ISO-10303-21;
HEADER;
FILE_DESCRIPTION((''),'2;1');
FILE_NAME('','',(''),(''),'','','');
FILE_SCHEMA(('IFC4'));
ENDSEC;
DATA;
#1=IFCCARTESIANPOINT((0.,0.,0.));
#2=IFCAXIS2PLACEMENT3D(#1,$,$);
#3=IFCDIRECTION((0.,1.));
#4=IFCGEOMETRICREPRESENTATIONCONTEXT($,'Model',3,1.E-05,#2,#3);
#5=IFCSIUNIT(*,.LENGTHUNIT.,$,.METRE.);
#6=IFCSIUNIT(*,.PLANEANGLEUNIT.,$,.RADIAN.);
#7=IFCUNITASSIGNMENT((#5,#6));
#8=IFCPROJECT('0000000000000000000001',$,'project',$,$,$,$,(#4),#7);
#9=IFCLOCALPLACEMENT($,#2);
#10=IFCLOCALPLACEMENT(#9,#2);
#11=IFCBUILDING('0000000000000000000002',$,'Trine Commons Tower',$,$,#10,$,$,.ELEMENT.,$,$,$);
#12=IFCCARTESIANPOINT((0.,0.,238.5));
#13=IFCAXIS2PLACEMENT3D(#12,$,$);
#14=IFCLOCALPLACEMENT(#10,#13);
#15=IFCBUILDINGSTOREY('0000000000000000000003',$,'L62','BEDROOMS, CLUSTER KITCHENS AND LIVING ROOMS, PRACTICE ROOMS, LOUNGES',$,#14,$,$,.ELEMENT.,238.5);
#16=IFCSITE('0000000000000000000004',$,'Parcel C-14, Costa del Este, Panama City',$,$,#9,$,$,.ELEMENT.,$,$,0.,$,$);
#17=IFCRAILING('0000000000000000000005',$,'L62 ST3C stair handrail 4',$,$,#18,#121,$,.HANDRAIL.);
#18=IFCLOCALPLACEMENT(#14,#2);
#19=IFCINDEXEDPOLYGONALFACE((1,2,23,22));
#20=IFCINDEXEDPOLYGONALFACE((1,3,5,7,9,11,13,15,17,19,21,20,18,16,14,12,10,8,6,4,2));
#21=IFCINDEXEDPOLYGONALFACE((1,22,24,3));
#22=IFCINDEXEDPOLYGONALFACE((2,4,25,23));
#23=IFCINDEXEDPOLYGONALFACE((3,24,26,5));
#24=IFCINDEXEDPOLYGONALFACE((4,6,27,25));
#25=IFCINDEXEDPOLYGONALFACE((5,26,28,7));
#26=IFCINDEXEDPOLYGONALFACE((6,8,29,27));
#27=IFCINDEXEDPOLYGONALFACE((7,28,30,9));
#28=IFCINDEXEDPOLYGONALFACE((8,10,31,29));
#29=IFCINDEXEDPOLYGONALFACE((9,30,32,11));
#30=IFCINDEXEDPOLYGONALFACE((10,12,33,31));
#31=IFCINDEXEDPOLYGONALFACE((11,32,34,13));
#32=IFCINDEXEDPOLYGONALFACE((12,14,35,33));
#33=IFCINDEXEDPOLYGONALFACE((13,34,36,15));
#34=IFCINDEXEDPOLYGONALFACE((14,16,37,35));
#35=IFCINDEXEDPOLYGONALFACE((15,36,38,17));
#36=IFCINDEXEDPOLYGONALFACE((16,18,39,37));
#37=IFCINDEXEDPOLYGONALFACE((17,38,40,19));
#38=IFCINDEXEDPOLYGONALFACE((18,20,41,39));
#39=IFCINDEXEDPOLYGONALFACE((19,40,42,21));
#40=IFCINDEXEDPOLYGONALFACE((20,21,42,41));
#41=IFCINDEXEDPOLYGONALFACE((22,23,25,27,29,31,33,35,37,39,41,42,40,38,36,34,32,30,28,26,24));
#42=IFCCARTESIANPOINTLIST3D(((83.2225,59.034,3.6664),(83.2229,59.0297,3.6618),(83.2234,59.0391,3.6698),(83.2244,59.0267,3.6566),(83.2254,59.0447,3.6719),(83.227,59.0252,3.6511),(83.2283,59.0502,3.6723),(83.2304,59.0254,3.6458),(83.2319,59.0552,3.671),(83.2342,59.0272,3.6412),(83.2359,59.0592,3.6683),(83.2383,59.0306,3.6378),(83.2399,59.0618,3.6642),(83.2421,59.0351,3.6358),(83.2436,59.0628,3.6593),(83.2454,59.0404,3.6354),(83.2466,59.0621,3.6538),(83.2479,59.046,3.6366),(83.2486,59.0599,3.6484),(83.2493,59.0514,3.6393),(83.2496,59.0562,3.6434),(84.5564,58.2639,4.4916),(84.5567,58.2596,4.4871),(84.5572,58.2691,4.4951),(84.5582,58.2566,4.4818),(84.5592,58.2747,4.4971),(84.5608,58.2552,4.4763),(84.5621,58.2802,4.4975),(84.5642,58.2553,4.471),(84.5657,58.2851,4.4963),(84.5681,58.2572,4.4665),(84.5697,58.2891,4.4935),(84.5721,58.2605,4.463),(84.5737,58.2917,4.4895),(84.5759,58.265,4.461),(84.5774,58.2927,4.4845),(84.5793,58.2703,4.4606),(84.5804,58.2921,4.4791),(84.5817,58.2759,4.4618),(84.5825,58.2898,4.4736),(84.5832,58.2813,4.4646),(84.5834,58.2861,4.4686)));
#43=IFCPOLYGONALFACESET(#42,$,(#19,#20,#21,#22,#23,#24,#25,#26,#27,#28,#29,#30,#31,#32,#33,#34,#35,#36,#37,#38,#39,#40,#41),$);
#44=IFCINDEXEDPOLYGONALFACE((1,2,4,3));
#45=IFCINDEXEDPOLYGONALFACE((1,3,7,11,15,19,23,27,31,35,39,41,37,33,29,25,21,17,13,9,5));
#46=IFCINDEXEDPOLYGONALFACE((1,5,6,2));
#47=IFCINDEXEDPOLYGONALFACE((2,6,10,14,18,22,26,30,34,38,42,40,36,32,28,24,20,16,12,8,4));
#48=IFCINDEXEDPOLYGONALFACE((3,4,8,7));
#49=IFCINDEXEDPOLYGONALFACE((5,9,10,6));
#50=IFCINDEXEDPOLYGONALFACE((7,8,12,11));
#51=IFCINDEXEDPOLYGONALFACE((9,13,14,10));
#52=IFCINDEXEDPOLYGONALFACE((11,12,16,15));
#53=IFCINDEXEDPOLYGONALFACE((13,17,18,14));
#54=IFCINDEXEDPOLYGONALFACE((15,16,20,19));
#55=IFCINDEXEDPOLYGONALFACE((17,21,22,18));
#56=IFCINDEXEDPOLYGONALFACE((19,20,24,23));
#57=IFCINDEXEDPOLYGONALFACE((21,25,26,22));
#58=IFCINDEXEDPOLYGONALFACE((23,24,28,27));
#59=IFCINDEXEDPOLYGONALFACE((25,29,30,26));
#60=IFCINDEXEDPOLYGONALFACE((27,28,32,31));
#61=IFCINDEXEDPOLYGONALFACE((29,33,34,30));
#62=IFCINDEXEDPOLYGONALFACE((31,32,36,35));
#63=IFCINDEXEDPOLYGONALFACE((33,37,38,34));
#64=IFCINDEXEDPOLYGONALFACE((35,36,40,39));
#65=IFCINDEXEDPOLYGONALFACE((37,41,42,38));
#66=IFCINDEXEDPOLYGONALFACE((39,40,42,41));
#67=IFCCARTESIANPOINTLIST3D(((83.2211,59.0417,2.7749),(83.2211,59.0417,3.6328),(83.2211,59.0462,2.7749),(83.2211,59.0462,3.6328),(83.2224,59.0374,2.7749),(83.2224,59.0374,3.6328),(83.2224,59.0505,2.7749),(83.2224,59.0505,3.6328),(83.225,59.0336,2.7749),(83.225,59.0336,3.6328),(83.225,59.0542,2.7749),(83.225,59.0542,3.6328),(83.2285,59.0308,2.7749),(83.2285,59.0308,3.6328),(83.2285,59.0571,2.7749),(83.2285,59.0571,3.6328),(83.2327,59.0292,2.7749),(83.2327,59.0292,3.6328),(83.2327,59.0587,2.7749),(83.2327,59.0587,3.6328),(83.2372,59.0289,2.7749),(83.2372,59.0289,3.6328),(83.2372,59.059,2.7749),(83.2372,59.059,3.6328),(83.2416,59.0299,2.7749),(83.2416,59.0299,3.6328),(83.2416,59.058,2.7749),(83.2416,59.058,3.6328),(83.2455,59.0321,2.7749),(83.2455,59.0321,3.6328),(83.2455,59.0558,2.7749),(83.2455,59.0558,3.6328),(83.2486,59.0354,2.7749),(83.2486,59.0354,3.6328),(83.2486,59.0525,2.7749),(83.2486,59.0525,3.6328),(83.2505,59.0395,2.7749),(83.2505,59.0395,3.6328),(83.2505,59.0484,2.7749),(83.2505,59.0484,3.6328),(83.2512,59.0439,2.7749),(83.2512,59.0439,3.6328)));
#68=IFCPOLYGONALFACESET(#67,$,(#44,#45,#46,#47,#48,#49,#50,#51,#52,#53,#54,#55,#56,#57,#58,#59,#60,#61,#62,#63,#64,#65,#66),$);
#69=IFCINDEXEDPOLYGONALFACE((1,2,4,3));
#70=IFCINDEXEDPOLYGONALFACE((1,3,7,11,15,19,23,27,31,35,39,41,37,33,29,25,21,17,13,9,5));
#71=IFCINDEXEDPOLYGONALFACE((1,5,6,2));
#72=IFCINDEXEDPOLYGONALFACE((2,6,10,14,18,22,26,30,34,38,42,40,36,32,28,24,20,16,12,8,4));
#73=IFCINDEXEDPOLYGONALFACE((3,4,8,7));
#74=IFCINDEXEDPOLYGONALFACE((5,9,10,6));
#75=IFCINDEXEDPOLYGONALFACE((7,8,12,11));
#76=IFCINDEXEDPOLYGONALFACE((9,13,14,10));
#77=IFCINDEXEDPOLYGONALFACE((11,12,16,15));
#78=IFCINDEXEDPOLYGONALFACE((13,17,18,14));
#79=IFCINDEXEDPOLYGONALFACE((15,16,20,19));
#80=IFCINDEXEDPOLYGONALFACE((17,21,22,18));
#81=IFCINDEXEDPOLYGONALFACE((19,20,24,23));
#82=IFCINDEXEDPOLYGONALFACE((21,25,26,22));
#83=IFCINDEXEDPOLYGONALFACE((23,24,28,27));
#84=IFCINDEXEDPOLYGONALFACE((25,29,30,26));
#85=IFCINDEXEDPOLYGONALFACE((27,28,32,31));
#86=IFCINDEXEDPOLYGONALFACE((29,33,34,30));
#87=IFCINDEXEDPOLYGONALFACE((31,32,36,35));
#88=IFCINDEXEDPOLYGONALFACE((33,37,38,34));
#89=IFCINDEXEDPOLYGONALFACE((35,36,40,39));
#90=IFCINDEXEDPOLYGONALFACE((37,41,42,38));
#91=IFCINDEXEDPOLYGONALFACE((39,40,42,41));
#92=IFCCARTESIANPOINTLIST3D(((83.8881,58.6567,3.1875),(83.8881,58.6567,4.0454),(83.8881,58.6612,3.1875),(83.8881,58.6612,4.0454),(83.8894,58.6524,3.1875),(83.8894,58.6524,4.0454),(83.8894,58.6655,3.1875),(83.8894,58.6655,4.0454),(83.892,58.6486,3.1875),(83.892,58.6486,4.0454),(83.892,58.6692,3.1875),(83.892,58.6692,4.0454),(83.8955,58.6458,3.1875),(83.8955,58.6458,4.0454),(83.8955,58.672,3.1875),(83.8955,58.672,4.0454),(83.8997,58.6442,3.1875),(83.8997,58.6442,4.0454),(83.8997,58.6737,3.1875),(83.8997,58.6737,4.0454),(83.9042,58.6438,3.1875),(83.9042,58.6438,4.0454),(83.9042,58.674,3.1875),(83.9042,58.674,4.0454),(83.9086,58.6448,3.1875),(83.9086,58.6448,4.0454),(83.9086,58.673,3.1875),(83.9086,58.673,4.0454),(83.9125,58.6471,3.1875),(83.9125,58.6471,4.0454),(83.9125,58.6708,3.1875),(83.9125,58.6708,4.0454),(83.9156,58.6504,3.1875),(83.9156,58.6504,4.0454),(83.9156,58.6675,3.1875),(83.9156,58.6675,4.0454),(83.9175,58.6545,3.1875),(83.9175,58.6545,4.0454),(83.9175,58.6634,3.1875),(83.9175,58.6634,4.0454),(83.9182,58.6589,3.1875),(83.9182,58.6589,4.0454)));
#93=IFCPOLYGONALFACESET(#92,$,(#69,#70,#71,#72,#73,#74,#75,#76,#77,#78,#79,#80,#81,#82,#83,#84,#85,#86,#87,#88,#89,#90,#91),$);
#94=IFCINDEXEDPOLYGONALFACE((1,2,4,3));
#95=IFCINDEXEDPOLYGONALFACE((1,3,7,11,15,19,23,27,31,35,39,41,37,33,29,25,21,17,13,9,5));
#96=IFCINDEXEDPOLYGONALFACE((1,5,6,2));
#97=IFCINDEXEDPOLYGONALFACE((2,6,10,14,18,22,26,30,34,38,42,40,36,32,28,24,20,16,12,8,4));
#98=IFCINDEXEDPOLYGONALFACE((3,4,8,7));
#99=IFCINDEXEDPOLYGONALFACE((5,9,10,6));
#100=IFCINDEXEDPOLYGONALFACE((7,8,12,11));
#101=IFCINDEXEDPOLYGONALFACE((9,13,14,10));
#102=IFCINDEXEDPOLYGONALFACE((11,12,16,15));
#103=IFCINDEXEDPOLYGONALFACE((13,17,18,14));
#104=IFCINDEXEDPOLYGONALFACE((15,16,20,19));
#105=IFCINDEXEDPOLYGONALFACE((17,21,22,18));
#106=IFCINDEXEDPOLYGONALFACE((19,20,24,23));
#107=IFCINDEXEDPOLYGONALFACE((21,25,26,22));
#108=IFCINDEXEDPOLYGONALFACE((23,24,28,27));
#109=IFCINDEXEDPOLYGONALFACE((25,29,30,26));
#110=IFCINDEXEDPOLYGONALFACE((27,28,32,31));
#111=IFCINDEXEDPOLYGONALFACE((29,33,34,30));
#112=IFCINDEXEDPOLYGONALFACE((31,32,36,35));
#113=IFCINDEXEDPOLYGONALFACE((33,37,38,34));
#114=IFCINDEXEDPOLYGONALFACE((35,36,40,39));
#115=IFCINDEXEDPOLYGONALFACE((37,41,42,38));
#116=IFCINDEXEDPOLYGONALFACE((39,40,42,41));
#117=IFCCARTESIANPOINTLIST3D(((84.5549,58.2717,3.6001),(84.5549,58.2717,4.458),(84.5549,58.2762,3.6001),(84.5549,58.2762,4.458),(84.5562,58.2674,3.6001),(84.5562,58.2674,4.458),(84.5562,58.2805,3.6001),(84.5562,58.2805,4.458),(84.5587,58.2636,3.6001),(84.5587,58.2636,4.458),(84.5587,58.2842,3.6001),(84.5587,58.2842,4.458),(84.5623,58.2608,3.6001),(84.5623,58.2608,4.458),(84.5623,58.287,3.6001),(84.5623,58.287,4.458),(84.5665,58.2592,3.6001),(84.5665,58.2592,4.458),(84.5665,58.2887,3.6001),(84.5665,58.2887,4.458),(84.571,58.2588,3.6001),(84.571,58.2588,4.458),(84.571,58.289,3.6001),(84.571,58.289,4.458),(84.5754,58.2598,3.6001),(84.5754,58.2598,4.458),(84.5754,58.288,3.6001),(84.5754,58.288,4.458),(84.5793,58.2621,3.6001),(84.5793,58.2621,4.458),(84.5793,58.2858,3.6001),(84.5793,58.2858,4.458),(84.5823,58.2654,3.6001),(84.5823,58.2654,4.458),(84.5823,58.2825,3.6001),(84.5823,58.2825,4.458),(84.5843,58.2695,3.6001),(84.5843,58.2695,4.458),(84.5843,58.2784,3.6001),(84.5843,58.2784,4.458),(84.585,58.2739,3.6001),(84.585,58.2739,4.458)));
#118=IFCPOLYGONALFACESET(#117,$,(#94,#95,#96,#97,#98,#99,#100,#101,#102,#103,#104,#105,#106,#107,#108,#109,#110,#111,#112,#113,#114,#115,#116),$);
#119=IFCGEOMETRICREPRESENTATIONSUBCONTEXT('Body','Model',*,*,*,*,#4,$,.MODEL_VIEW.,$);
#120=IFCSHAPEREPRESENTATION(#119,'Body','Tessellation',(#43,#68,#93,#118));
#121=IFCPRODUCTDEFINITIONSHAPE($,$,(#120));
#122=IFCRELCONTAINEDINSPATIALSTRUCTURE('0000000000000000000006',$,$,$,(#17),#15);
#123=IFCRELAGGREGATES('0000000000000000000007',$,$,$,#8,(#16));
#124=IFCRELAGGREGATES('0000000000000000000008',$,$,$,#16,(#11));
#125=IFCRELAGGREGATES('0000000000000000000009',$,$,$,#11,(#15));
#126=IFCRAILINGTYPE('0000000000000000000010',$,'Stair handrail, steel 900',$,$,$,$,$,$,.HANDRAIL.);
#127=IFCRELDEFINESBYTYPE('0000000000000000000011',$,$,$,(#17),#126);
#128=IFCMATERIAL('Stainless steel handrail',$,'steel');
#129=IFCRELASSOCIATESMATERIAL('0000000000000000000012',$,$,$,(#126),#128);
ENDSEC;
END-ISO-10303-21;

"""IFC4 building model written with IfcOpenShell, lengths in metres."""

from ifc_helpers import new_model, si_unit, direction, frame, origin, origin_2d, place, context, subcontext, project, spatial, circle, extrude, material, type_object, element, save


model = new_model("IFC4")

# Units and contexts
model_context = context("Model", 3, precision=1e-05, world=origin(), true_north=direction((0.0, 1.0)))
body_context = subcontext(model_context, "Body", "Model", "MODEL_VIEW")
ifc_project = project(units=[si_unit("LENGTHUNIT", "METRE"), si_unit("PLANEANGLEUNIT", "RADIAN")], contexts=[model_context])

# Site, building, storey
site_placement = place(None, origin())
site = spatial("IfcSite", under=ifc_project, at=site_placement, Name="Parcel C-14, Costa del Este, Panama City", CompositionType="ELEMENT", RefElevation=0.0)
building_placement = place(site_placement, origin())
building = spatial("IfcBuilding", under=site, at=building_placement, Name="Trine Commons Tower", CompositionType="ELEMENT")
storey_placement = place(building_placement, frame((0.0, 0.0, 238.5)))
storey = spatial("IfcBuildingStorey", under=building, at=storey_placement, Name="L62", Description="BEDROOMS, CLUSTER KITCHENS AND LIVING ROOMS, PRACTICE ROOMS, LOUNGES", CompositionType="ELEMENT", Elevation=238.5)

# Railing
ifc_material_1 = material(Name="Stainless steel handrail", Category="steel")
railing_type_1 = type_object("IfcRailingType", Name="Stair handrail, steel 900", PredefinedType="HANDRAIL", material=ifc_material_1)
railing_1_placement = place(storey_placement, frame((83.2361, 59.0439, 2.7749)))
element("IfcRailing", 1, at=railing_1_placement, inside=storey, type_object=railing_type_1, Name="L62 ST3C stair handrail 4", PredefinedType="HANDRAIL", context=body_context, shape_type="SweptSolid", body=[
    extrude(circle(Radius=0.021, at=origin_2d()), frame((0.0, 0.0, 0.8789), z_axis=(0.763355, -0.440714, 0.472293), x_axis=(0.499992, 0.86603, 0.0)), (0.0, 0.0, 1.0), 1.7473),
    extrude(circle(Radius=0.0151, at=origin_2d()), origin(), (0.0, 0.0, 1.0), 0.8579),
    extrude(circle(Radius=0.0151, at=origin_2d()), frame((0.667, -0.385, 0.4126)), (0.0, 0.0, 1.0), 0.8579),
    extrude(circle(Radius=0.0151, at=origin_2d()), frame((1.3337, -0.77, 0.8252)), (0.0, 0.0, 1.0), 0.8579),
])

save(model, "model.ifc")
